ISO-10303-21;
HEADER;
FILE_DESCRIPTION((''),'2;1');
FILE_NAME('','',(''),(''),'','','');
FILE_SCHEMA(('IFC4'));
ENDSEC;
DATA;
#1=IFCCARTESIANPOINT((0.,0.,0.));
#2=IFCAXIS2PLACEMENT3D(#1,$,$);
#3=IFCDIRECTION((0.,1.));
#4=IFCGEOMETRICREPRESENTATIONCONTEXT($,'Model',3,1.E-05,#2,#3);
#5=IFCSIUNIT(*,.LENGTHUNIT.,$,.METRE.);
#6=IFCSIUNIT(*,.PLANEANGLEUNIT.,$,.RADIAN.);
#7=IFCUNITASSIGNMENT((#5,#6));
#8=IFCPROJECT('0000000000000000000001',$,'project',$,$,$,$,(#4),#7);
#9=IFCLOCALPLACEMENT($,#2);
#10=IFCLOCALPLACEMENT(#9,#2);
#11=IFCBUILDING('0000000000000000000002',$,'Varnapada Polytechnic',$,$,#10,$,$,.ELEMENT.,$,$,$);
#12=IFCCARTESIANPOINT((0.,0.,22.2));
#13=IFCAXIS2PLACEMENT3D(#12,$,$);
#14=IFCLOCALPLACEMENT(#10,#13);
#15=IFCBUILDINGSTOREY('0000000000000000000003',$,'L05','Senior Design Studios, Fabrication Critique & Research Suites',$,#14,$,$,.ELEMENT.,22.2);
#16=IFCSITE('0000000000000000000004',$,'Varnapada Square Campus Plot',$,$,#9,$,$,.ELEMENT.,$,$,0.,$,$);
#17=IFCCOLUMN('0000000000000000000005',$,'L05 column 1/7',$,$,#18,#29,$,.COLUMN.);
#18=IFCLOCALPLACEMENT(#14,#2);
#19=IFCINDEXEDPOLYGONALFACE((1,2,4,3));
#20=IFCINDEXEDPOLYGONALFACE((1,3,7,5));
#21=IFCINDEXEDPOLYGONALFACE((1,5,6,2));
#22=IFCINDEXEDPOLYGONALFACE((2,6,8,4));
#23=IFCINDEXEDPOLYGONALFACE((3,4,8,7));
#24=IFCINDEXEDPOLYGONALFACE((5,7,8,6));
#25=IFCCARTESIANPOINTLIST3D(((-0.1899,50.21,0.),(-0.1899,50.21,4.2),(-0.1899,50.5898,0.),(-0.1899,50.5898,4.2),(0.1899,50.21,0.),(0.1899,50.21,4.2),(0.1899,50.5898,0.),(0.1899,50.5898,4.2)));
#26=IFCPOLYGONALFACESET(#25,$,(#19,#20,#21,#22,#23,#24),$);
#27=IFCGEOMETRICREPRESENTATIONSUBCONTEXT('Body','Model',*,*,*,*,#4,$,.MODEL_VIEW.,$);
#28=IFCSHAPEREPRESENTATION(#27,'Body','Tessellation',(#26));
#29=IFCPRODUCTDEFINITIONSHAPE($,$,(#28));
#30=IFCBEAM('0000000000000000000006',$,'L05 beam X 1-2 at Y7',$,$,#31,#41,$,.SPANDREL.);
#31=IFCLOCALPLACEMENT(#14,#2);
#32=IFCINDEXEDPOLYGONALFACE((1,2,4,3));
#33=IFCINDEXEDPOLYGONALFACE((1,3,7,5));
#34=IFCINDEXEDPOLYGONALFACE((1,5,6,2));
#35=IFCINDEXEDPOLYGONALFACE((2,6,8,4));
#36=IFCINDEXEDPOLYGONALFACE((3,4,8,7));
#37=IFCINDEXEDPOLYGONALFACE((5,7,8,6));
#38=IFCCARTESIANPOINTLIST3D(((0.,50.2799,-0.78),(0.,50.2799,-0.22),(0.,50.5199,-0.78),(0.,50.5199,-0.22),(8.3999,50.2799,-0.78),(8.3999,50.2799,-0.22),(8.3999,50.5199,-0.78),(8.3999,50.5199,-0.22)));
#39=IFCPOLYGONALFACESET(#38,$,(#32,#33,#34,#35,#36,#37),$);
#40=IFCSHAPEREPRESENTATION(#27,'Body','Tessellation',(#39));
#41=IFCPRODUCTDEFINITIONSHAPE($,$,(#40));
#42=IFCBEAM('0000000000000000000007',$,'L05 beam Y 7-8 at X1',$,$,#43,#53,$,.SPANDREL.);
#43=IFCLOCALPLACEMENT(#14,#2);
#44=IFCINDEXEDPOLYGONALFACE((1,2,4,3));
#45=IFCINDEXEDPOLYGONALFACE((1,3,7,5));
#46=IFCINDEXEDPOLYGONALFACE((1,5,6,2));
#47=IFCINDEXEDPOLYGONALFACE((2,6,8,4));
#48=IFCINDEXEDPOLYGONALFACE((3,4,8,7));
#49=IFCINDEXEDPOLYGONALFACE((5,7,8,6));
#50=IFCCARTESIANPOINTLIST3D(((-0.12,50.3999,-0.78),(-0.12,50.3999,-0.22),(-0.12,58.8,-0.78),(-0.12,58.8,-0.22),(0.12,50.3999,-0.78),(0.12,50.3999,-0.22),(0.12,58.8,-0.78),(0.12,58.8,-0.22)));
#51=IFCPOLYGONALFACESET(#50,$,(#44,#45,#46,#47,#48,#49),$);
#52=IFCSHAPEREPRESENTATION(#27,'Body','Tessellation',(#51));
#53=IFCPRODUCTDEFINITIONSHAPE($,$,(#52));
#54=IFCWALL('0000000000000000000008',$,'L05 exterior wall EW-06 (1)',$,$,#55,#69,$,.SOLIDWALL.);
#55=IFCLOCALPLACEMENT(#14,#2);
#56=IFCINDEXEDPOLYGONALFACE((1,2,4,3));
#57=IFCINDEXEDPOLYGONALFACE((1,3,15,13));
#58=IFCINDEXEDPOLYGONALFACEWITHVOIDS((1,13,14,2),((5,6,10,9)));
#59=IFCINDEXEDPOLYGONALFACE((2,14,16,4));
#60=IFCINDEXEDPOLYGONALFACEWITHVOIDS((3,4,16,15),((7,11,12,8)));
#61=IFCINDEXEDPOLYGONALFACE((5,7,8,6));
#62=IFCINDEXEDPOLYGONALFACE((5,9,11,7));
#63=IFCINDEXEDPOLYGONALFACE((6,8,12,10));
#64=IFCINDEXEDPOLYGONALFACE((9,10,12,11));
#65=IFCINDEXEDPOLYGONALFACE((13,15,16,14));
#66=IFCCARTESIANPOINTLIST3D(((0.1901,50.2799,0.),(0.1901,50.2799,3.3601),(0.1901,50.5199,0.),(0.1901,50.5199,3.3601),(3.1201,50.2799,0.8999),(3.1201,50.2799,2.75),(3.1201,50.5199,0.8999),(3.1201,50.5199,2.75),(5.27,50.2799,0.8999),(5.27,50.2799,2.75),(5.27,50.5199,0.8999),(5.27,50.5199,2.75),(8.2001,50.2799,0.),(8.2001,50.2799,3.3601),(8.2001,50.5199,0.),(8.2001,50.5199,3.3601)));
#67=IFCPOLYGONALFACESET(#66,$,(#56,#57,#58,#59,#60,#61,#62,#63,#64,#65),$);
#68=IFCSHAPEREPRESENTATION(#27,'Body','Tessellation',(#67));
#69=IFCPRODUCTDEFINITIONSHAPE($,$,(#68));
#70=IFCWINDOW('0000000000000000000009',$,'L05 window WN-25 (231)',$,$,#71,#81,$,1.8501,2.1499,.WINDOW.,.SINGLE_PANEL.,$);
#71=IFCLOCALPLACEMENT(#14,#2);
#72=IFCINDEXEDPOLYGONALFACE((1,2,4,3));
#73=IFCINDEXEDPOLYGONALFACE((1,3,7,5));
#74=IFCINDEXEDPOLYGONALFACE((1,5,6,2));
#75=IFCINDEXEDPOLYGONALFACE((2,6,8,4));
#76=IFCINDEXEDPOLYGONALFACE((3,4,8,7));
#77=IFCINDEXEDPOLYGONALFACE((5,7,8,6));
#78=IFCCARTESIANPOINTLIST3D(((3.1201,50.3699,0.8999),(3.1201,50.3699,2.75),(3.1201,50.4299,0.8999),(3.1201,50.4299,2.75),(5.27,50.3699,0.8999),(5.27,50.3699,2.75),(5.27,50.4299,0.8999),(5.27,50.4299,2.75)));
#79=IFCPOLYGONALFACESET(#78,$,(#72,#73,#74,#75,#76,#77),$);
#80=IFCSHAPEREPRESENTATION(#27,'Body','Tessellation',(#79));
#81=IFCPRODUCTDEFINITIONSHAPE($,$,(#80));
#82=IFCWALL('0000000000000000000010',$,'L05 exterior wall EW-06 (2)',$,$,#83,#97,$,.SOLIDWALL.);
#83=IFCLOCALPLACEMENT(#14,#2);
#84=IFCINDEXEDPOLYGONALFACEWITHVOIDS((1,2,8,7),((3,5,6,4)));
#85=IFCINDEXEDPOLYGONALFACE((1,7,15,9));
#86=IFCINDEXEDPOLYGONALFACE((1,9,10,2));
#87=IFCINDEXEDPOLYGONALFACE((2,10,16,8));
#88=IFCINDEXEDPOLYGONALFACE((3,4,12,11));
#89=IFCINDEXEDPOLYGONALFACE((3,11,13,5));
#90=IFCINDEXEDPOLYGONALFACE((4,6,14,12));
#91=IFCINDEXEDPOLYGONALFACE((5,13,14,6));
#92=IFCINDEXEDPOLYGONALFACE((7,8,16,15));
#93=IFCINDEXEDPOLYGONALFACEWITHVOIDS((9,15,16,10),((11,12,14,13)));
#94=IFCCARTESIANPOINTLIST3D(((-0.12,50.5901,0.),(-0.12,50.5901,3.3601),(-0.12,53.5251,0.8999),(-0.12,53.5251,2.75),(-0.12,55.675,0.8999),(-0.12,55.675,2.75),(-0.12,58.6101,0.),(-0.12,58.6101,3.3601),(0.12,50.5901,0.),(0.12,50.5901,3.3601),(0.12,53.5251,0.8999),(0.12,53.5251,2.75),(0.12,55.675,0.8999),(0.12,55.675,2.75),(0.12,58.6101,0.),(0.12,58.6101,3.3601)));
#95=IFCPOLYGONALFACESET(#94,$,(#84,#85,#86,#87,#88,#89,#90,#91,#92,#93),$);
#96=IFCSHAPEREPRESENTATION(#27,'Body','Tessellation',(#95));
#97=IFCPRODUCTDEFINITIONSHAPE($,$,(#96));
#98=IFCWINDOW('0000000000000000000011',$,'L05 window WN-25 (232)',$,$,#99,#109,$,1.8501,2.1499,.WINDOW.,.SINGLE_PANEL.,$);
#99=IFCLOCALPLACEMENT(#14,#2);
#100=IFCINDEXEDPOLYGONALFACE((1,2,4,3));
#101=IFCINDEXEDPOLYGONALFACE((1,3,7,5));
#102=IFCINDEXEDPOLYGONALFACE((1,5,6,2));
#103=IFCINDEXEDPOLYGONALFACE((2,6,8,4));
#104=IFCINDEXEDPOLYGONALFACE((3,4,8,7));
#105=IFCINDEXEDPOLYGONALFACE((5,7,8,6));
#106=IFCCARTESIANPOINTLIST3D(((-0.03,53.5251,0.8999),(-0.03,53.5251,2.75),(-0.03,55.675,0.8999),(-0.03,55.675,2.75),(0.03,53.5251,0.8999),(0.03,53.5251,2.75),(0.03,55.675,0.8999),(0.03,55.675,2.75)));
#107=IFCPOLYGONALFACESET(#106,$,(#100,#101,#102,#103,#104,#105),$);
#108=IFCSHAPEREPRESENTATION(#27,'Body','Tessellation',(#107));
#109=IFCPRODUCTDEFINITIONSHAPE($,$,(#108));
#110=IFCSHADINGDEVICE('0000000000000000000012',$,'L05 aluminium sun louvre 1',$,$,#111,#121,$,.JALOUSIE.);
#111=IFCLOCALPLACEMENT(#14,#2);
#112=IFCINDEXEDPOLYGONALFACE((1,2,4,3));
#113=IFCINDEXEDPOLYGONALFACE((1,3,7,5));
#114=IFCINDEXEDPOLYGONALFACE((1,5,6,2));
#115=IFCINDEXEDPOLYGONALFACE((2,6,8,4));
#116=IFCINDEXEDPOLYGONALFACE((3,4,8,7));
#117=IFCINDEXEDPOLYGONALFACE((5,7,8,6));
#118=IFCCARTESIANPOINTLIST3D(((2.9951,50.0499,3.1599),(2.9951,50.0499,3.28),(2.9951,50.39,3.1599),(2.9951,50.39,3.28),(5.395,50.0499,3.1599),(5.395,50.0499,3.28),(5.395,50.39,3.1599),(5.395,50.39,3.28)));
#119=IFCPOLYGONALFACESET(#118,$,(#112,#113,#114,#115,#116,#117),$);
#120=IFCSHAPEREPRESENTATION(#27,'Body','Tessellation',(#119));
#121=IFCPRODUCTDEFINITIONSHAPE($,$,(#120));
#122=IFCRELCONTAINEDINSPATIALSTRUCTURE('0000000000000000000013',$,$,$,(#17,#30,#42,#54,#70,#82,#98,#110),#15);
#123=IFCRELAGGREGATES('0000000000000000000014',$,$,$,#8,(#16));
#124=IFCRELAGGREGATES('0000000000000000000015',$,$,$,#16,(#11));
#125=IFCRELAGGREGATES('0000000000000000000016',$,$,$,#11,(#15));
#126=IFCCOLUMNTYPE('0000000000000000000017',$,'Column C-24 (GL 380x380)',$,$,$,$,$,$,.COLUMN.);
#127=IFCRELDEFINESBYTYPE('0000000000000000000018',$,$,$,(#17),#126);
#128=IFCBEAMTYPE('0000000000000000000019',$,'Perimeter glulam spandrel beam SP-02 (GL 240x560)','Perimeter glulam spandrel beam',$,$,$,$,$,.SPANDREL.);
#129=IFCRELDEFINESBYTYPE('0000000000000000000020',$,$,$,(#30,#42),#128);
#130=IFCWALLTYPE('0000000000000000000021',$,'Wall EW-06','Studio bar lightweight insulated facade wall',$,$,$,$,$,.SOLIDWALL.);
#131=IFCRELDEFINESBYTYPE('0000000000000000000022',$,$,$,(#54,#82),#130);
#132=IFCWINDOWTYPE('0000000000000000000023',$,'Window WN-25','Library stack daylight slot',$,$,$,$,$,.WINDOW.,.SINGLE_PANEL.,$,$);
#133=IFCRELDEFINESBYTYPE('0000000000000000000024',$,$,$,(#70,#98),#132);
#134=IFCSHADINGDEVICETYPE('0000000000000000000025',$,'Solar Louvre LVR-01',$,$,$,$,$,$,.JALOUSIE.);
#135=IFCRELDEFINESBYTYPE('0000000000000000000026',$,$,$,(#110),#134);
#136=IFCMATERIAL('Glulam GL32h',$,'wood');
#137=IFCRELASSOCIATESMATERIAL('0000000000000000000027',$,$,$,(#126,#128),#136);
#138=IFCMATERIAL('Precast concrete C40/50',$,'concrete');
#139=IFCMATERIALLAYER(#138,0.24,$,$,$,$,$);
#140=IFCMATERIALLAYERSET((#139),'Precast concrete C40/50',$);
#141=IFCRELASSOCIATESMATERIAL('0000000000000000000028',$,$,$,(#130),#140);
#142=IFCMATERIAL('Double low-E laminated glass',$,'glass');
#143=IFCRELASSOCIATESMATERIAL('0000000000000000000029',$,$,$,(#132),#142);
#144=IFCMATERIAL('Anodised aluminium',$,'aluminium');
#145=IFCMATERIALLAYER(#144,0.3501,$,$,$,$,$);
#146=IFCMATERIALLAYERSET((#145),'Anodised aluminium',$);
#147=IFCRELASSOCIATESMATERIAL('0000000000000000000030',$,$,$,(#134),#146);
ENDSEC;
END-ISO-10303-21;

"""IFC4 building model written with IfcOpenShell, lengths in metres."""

from ifc_helpers import new_model, si_unit, direction, frame, frame_2d, origin, origin_2d, place, context, subcontext, project, spatial, rectangle, extrude, material, layer, layer_set, material_profile, profile_set, type_object, element, fill, save


model = new_model("IFC4")

# Units and contexts
model_context = context("Model", 3, precision=1e-05, world=origin(), true_north=direction((0.0, 1.0)))
body_context = subcontext(model_context, "Body", "Model", "MODEL_VIEW")
ifc_project = project(units=[si_unit("LENGTHUNIT", "METRE"), si_unit("PLANEANGLEUNIT", "RADIAN")], contexts=[model_context])

# Site, building, storey
site_placement = place(None, origin())
site = spatial("IfcSite", under=ifc_project, at=site_placement, Name="Varnapada Square Campus Plot", CompositionType="ELEMENT", RefElevation=0.0)
building_placement = place(site_placement, origin())
building = spatial("IfcBuilding", under=site, at=building_placement, Name="Varnapada Polytechnic", CompositionType="ELEMENT")
storey_placement = place(building_placement, frame((0.0, 0.0, 22.2)))
storey = spatial("IfcBuildingStorey", under=building, at=storey_placement, Name="L05", Description="Senior Design Studios, Fabrication Critique & Research Suites", CompositionType="ELEMENT", Elevation=22.2)

# Column
ifc_material_1 = material(Name="Glulam GL32h", Category="wood")
ifc_material_profile_1 = material_profile(ifc_material_1, rectangle(XDim=0.3799, YDim=0.3799, at=origin_2d()), Name="GL 380x380")
ifc_profile_set_1 = profile_set([ifc_material_profile_1], Name="Glulam GL32h")
column_type = type_object("IfcColumnType", Name="Column C-24 (GL 380x380)", PredefinedType="COLUMN", material=ifc_profile_set_1)
column_placement = place(storey_placement, frame((0.0, 50.3999, 0.0), z_axis=(0.0, 0.0, 1.0), x_axis=(1.0, 0.0, 0.0)))
element("IfcColumn", 1, at=column_placement, inside=storey, type_object=column_type, Name="L05 column 1/7", PredefinedType="COLUMN", context=body_context, shape_type="SweptSolid", body=[
    extrude(rectangle(XDim=0.3799, YDim=0.3799, at=origin_2d()), origin(), (0.0, 0.0, 1.0), 4.2),
])

# Beams
ifc_material_profile_2 = material_profile(ifc_material_1, rectangle(XDim=0.24, YDim=0.5601, at=origin_2d()), Name="GL 240x560")
ifc_profile_set_2 = profile_set([ifc_material_profile_2], Name="Glulam GL32h")
beam_type = type_object("IfcBeamType", Name="Perimeter glulam spandrel beam SP-02 (GL 240x560)", Description="Perimeter glulam spandrel beam", PredefinedType="SPANDREL", material=ifc_profile_set_2)
beam_1_placement = place(storey_placement, frame((0.0, 50.3999, -0.5), z_axis=(1.0, 0.0, 0.0), x_axis=(0.0, 1.0, 0.0)))
element("IfcBeam", 2, at=beam_1_placement, inside=storey, type_object=beam_type, Name="L05 beam X 1-2 at Y7", PredefinedType="SPANDREL", context=body_context, shape_type="SweptSolid", body=[
    extrude(rectangle(XDim=0.24, YDim=0.5601, at=origin_2d()), origin(), (0.0, 0.0, 1.0), 8.3999),
])
beam_2_placement = place(storey_placement, frame((0.0, 50.3999, -0.5), z_axis=(0.0, 1.0, 0.0), x_axis=(-1.0, 0.0, 0.0)))
element("IfcBeam", 3, at=beam_2_placement, inside=storey, type_object=beam_type, Name="L05 beam Y 7-8 at X1", PredefinedType="SPANDREL", context=body_context, shape_type="SweptSolid", body=[
    extrude(rectangle(XDim=0.24, YDim=0.5601, at=origin_2d()), origin(), (0.0, 0.0, 1.0), 8.4001),
])

# Walls, openings, windows
ifc_material_2 = material(Name="Precast concrete C40/50", Category="concrete")
ifc_layer_1 = layer(ifc_material_2, 0.24)
ifc_layer_set_1 = layer_set([ifc_layer_1], Name="Precast concrete C40/50")
wall_type = type_object("IfcWallType", Name="Wall EW-06", Description="Studio bar lightweight insulated facade wall", PredefinedType="SOLIDWALL", material=ifc_layer_set_1)
wall_1_placement = place(storey_placement, frame((8.2, 50.3999, 0.0), z_axis=(0.0, 0.0, 1.0), x_axis=(-1.0, 0.0, 0.0)))
wall_1 = element("IfcWall", 4, at=wall_1_placement, inside=storey, type_object=wall_type, Name="L05 exterior wall EW-06 (1)", PredefinedType="SOLIDWALL", context=body_context, shape_type="SweptSolid", body=[
    extrude(rectangle(XDim=8.01, YDim=0.24, at=frame_2d((4.0049, 0.0))), origin(), (0.0, 0.0, 1.0), 3.3601),
])
opening_1_placement = place(wall_1_placement, frame((2.9299, 0.0, 0.8999)))
opening_1 = element("IfcOpeningElement", 5, at=opening_1_placement, cuts=wall_1, PredefinedType="OPENING", context=body_context, shape_type="SweptSolid", body=[
    extrude(rectangle(XDim=2.1499, YDim=1.8501, at=frame_2d((1.075, 0.925))), frame((0.0, 0.1299, 0.0), z_axis=(0.0, -1.0, 0.0), x_axis=(1.0, 0.0, 0.0)), (0.0, 0.0, 1.0), 0.26),
])
ifc_material_3 = material(Name="Double low-E laminated glass", Category="glass")
window_type = type_object("IfcWindowType", Name="Window WN-25", Description="Library stack daylight slot", PartitioningType="SINGLE_PANEL", PredefinedType="WINDOW", material=ifc_material_3)
window_1_placement = place(opening_1_placement, origin())
window_1 = element("IfcWindow", 6, at=window_1_placement, inside=storey, type_object=window_type, Name="L05 window WN-25 (231)", OverallHeight=1.8501, OverallWidth=2.1499, PartitioningType="SINGLE_PANEL", PredefinedType="WINDOW", context=body_context, shape_type="SweptSolid", body=[
    extrude(rectangle(XDim=2.1499, YDim=1.8501, at=frame_2d((1.075, 0.925))), frame((0.0, 0.03, 0.0), z_axis=(0.0, -1.0, 0.0), x_axis=(1.0, 0.0, 0.0)), (0.0, 0.0, 1.0), 0.0601),
])
fill(opening_1, window_1)
wall_2_placement = place(storey_placement, frame((0.0, 50.5901, 0.0), z_axis=(0.0, 0.0, 1.0), x_axis=(0.0, 1.0, 0.0)))
wall_2 = element("IfcWall", 7, at=wall_2_placement, inside=storey, type_object=wall_type, Name="L05 exterior wall EW-06 (2)", PredefinedType="SOLIDWALL", context=body_context, shape_type="SweptSolid", body=[
    extrude(rectangle(XDim=8.02, YDim=0.24, at=frame_2d((4.01, 0.0))), origin(), (0.0, 0.0, 1.0), 3.3601),
])
opening_2_placement = place(wall_2_placement, frame((2.9351, 0.0, 0.8999)))
opening_2 = element("IfcOpeningElement", 8, at=opening_2_placement, cuts=wall_2, PredefinedType="OPENING", context=body_context, shape_type="SweptSolid", body=[
    extrude(rectangle(XDim=2.1499, YDim=1.8501, at=frame_2d((1.075, 0.925))), frame((0.0, 0.1299, 0.0), z_axis=(0.0, -1.0, 0.0), x_axis=(1.0, 0.0, 0.0)), (0.0, 0.0, 1.0), 0.26),
])
window_2_placement = place(opening_2_placement, origin())
window_2 = element("IfcWindow", 9, at=window_2_placement, inside=storey, type_object=window_type, Name="L05 window WN-25 (232)", OverallHeight=1.8501, OverallWidth=2.1499, PartitioningType="SINGLE_PANEL", PredefinedType="WINDOW", context=body_context, shape_type="SweptSolid", body=[
    extrude(rectangle(XDim=2.1499, YDim=1.8501, at=frame_2d((1.075, 0.925))), frame((0.0, 0.03, 0.0), z_axis=(0.0, -1.0, 0.0), x_axis=(1.0, 0.0, 0.0)), (0.0, 0.0, 1.0), 0.0601),
])
fill(opening_2, window_2)

# Shading device
ifc_material_4 = material(Name="Anodised aluminium", Category="aluminium")
ifc_layer_2 = layer(ifc_material_4, 0.3501)
ifc_layer_set_2 = layer_set([ifc_layer_2], Name="Anodised aluminium")
shading_device_type = type_object("IfcShadingDeviceType", Name="Solar Louvre LVR-01", PredefinedType="JALOUSIE", material=ifc_layer_set_2)
shading_device_placement = place(storey_placement, frame((4.1951, 50.22, 3.1599), z_axis=(0.0, 0.0, 1.0), x_axis=(-1.0, 0.0, 0.0)))
element("IfcShadingDevice", 10, at=shading_device_placement, inside=storey, type_object=shading_device_type, Name="L05 aluminium sun louvre 1", PredefinedType="JALOUSIE", context=body_context, shape_type="SweptSolid", body=[
    extrude(rectangle(XDim=2.3999, YDim=0.3401, at=origin_2d()), origin(), (0.0, 0.0, 1.0), 0.1201),
])

save(model, "model.ifc")
